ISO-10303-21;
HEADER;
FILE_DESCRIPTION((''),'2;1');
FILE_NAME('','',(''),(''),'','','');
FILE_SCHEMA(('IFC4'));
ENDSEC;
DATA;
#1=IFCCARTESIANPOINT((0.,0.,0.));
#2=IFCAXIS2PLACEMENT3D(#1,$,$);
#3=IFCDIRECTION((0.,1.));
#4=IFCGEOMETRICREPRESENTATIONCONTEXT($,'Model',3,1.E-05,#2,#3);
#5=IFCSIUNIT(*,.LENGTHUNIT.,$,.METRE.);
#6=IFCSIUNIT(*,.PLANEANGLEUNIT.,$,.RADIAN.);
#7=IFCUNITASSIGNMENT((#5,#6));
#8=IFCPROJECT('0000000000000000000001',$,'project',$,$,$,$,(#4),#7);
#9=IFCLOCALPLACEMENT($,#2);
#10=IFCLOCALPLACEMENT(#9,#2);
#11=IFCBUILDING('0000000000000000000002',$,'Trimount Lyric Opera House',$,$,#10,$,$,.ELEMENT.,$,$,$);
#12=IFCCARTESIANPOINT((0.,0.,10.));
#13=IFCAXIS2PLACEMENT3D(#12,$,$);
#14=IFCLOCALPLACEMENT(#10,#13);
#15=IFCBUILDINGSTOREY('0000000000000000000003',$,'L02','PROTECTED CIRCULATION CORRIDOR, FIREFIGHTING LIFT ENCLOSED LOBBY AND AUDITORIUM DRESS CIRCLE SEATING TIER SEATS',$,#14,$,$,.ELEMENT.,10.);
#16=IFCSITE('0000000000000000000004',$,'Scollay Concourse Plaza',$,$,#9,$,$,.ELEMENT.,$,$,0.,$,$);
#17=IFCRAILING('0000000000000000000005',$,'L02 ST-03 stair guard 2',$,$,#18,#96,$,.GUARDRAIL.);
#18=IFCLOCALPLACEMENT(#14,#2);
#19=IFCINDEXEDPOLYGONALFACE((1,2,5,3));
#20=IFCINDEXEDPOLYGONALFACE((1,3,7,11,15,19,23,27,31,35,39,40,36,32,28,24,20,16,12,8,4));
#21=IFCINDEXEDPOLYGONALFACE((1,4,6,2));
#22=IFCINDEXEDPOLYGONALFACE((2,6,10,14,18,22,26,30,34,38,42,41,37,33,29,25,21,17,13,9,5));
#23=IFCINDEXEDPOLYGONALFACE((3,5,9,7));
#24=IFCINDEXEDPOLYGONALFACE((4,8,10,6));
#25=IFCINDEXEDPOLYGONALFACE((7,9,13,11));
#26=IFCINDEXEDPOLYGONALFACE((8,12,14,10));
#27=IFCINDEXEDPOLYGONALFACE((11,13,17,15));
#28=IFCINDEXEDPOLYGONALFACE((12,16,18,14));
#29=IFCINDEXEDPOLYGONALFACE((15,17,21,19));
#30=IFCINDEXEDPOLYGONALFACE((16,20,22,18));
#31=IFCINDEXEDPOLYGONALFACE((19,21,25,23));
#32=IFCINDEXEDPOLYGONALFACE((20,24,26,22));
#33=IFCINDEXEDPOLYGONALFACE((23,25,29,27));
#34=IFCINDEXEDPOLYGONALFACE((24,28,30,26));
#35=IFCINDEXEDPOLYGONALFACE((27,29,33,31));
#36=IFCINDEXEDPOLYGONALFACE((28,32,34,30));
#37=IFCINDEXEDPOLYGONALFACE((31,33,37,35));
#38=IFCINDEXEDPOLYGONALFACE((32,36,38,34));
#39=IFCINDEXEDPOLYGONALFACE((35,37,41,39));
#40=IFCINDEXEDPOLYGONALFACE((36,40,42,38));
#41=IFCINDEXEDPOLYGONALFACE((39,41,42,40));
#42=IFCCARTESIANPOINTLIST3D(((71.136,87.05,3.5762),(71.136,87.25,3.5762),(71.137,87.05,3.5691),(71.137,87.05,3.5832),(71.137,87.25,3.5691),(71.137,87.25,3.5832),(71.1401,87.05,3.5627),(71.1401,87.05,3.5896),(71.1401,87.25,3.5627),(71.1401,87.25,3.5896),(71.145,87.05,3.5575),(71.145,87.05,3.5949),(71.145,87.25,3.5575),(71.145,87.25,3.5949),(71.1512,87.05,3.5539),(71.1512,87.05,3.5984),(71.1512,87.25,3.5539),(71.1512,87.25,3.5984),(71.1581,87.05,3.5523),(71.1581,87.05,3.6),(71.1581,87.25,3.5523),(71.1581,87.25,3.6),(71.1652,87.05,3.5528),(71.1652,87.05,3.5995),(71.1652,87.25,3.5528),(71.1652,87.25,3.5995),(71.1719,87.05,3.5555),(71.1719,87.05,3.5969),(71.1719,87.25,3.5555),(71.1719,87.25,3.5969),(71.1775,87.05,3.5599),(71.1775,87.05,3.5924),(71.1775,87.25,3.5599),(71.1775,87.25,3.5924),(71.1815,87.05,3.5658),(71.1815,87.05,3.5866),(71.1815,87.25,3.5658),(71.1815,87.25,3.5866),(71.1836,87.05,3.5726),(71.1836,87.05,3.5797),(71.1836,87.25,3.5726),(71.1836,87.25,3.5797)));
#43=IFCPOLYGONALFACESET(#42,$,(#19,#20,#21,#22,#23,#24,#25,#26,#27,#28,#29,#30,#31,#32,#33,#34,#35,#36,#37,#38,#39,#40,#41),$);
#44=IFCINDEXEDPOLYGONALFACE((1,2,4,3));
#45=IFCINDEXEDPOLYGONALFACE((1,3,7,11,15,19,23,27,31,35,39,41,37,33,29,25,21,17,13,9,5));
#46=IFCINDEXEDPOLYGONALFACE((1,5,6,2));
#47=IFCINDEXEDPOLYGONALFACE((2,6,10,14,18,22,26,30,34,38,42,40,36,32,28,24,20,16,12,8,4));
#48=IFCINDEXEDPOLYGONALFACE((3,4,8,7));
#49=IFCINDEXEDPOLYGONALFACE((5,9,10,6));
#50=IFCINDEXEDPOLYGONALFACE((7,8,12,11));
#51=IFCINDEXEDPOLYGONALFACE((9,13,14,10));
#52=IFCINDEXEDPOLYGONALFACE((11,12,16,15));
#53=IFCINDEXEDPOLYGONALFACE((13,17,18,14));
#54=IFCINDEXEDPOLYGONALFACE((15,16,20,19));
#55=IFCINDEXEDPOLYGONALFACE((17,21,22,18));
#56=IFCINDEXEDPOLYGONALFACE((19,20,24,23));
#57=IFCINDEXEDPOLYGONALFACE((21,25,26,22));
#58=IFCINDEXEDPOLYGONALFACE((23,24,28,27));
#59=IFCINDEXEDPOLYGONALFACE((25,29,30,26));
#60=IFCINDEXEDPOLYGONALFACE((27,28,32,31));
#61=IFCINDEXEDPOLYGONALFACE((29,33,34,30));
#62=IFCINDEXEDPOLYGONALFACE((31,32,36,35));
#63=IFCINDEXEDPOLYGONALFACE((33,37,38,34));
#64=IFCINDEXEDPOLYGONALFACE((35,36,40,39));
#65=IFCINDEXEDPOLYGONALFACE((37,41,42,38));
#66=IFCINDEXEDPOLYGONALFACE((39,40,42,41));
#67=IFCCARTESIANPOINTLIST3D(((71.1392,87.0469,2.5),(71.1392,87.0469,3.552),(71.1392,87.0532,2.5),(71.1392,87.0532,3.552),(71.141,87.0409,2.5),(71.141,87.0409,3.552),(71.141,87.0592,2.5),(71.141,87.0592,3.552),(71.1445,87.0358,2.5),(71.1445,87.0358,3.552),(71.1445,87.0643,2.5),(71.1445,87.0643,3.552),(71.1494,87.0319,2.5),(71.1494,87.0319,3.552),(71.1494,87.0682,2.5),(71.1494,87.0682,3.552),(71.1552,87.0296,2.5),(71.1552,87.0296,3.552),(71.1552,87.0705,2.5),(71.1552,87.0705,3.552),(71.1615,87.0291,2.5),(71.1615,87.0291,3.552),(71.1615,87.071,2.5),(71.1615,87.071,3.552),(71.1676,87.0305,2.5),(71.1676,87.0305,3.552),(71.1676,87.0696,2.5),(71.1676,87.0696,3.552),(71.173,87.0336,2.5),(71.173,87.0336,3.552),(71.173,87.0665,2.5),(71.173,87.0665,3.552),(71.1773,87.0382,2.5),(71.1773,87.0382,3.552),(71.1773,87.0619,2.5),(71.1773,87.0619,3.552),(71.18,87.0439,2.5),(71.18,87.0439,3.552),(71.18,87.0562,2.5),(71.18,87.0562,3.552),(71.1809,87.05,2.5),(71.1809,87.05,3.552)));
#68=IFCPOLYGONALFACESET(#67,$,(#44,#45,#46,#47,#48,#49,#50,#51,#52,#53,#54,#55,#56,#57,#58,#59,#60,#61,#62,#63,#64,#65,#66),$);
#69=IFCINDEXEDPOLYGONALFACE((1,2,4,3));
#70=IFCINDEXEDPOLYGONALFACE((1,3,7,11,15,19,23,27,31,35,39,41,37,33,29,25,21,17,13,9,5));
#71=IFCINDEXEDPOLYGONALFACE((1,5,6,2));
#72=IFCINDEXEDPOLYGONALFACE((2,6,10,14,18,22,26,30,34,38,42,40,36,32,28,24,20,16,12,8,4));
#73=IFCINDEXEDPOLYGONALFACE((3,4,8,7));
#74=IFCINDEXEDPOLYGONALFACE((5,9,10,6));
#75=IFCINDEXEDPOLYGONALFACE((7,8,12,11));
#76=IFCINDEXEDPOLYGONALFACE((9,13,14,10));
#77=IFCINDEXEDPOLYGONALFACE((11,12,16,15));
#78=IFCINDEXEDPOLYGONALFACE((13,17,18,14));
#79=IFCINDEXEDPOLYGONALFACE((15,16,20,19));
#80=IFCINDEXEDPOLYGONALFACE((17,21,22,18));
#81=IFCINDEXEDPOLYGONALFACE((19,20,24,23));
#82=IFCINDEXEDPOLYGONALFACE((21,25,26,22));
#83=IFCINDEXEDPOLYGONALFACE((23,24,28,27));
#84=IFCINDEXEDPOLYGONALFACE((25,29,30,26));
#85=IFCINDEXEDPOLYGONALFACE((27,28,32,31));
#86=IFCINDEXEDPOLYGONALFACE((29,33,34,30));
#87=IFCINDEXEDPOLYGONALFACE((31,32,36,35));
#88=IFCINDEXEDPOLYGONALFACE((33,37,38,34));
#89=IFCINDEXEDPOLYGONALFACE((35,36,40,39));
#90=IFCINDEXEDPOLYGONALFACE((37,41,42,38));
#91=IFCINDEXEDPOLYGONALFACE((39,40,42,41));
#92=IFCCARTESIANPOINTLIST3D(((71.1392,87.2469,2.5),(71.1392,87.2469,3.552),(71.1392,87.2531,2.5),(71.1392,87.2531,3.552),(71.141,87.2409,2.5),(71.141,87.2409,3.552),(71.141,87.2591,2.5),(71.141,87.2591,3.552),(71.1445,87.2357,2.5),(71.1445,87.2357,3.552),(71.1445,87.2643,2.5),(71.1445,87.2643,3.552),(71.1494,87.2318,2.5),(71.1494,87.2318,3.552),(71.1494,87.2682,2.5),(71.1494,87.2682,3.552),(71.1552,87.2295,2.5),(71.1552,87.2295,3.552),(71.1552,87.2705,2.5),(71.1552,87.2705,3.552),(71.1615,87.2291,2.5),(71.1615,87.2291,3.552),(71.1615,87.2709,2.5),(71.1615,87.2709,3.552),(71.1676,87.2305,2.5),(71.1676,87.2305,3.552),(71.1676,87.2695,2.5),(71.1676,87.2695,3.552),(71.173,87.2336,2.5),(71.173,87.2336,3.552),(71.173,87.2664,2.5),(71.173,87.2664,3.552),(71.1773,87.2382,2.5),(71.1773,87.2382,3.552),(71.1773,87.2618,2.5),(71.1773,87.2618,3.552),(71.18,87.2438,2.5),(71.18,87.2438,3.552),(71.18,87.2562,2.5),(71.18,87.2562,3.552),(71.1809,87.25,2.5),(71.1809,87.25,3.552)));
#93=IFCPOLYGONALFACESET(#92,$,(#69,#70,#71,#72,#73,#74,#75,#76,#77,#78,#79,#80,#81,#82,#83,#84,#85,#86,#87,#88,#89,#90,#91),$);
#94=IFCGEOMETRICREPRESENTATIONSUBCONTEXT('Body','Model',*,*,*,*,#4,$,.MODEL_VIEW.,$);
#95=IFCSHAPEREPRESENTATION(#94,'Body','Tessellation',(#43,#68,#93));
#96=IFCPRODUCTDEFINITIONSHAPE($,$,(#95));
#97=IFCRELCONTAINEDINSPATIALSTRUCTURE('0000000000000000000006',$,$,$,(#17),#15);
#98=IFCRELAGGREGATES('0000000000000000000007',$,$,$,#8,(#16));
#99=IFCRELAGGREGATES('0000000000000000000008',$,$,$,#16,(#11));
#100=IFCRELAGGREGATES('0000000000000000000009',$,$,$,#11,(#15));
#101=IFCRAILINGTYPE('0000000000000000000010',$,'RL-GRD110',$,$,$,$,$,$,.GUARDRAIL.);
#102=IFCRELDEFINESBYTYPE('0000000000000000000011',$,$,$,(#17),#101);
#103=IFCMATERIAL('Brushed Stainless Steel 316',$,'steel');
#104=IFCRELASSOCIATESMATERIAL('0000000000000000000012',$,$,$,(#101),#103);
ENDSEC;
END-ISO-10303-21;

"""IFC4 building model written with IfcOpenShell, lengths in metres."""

from ifc_helpers import new_model, si_unit, direction, frame, origin, origin_2d, place, context, subcontext, project, spatial, circle, extrude, material, type_object, element, save


model = new_model("IFC4")

# Units and contexts
model_context = context("Model", 3, precision=1e-05, world=origin(), true_north=direction((0.0, 1.0)))
body_context = subcontext(model_context, "Body", "Model", "MODEL_VIEW")
ifc_project = project(units=[si_unit("LENGTHUNIT", "METRE"), si_unit("PLANEANGLEUNIT", "RADIAN")], contexts=[model_context])

# Site, building, storey
site_placement = place(None, origin())
site = spatial("IfcSite", under=ifc_project, at=site_placement, Name="Scollay Concourse Plaza", CompositionType="ELEMENT", RefElevation=0.0)
building_placement = place(site_placement, origin())
building = spatial("IfcBuilding", under=site, at=building_placement, Name="Trimount Lyric Opera House", CompositionType="ELEMENT")
storey_placement = place(building_placement, frame((0.0, 0.0, 10.0)))
storey = spatial("IfcBuildingStorey", under=building, at=storey_placement, Name="L02", Description="PROTECTED CIRCULATION CORRIDOR, FIREFIGHTING LIFT ENCLOSED LOBBY AND AUDITORIUM DRESS CIRCLE SEATING TIER SEATS", CompositionType="ELEMENT", Elevation=10.0)

# Railing
ifc_material_1 = material(Name="Brushed Stainless Steel 316", Category="steel")
railing_type_1 = type_object("IfcRailingType", Name="RL-GRD110", PredefinedType="GUARDRAIL", material=ifc_material_1)
railing_1_placement = place(storey_placement, frame((71.1599, 87.05, 2.5)))
element("IfcRailing", 1, at=railing_1_placement, inside=storey, type_object=railing_type_1, Name="L02 ST-03 stair guard 2", PredefinedType="GUARDRAIL", context=body_context, shape_type="SweptSolid", body=[
    extrude(circle(Radius=0.0239, at=origin_2d()), frame((0.0, 0.0, 1.0762), z_axis=(0.0, 1.0, 0.0), x_axis=(-1.0, 0.0, 0.0)), (0.0, 0.0, 1.0), 0.2),
    extrude(circle(Radius=0.021, at=origin_2d()), origin(), (0.0, 0.0, 1.0), 1.052),
    extrude(circle(Radius=0.021, at=origin_2d()), frame((0.0, 0.2, 0.0)), (0.0, 0.0, 1.0), 1.052),
])

save(model, "model.ifc")
